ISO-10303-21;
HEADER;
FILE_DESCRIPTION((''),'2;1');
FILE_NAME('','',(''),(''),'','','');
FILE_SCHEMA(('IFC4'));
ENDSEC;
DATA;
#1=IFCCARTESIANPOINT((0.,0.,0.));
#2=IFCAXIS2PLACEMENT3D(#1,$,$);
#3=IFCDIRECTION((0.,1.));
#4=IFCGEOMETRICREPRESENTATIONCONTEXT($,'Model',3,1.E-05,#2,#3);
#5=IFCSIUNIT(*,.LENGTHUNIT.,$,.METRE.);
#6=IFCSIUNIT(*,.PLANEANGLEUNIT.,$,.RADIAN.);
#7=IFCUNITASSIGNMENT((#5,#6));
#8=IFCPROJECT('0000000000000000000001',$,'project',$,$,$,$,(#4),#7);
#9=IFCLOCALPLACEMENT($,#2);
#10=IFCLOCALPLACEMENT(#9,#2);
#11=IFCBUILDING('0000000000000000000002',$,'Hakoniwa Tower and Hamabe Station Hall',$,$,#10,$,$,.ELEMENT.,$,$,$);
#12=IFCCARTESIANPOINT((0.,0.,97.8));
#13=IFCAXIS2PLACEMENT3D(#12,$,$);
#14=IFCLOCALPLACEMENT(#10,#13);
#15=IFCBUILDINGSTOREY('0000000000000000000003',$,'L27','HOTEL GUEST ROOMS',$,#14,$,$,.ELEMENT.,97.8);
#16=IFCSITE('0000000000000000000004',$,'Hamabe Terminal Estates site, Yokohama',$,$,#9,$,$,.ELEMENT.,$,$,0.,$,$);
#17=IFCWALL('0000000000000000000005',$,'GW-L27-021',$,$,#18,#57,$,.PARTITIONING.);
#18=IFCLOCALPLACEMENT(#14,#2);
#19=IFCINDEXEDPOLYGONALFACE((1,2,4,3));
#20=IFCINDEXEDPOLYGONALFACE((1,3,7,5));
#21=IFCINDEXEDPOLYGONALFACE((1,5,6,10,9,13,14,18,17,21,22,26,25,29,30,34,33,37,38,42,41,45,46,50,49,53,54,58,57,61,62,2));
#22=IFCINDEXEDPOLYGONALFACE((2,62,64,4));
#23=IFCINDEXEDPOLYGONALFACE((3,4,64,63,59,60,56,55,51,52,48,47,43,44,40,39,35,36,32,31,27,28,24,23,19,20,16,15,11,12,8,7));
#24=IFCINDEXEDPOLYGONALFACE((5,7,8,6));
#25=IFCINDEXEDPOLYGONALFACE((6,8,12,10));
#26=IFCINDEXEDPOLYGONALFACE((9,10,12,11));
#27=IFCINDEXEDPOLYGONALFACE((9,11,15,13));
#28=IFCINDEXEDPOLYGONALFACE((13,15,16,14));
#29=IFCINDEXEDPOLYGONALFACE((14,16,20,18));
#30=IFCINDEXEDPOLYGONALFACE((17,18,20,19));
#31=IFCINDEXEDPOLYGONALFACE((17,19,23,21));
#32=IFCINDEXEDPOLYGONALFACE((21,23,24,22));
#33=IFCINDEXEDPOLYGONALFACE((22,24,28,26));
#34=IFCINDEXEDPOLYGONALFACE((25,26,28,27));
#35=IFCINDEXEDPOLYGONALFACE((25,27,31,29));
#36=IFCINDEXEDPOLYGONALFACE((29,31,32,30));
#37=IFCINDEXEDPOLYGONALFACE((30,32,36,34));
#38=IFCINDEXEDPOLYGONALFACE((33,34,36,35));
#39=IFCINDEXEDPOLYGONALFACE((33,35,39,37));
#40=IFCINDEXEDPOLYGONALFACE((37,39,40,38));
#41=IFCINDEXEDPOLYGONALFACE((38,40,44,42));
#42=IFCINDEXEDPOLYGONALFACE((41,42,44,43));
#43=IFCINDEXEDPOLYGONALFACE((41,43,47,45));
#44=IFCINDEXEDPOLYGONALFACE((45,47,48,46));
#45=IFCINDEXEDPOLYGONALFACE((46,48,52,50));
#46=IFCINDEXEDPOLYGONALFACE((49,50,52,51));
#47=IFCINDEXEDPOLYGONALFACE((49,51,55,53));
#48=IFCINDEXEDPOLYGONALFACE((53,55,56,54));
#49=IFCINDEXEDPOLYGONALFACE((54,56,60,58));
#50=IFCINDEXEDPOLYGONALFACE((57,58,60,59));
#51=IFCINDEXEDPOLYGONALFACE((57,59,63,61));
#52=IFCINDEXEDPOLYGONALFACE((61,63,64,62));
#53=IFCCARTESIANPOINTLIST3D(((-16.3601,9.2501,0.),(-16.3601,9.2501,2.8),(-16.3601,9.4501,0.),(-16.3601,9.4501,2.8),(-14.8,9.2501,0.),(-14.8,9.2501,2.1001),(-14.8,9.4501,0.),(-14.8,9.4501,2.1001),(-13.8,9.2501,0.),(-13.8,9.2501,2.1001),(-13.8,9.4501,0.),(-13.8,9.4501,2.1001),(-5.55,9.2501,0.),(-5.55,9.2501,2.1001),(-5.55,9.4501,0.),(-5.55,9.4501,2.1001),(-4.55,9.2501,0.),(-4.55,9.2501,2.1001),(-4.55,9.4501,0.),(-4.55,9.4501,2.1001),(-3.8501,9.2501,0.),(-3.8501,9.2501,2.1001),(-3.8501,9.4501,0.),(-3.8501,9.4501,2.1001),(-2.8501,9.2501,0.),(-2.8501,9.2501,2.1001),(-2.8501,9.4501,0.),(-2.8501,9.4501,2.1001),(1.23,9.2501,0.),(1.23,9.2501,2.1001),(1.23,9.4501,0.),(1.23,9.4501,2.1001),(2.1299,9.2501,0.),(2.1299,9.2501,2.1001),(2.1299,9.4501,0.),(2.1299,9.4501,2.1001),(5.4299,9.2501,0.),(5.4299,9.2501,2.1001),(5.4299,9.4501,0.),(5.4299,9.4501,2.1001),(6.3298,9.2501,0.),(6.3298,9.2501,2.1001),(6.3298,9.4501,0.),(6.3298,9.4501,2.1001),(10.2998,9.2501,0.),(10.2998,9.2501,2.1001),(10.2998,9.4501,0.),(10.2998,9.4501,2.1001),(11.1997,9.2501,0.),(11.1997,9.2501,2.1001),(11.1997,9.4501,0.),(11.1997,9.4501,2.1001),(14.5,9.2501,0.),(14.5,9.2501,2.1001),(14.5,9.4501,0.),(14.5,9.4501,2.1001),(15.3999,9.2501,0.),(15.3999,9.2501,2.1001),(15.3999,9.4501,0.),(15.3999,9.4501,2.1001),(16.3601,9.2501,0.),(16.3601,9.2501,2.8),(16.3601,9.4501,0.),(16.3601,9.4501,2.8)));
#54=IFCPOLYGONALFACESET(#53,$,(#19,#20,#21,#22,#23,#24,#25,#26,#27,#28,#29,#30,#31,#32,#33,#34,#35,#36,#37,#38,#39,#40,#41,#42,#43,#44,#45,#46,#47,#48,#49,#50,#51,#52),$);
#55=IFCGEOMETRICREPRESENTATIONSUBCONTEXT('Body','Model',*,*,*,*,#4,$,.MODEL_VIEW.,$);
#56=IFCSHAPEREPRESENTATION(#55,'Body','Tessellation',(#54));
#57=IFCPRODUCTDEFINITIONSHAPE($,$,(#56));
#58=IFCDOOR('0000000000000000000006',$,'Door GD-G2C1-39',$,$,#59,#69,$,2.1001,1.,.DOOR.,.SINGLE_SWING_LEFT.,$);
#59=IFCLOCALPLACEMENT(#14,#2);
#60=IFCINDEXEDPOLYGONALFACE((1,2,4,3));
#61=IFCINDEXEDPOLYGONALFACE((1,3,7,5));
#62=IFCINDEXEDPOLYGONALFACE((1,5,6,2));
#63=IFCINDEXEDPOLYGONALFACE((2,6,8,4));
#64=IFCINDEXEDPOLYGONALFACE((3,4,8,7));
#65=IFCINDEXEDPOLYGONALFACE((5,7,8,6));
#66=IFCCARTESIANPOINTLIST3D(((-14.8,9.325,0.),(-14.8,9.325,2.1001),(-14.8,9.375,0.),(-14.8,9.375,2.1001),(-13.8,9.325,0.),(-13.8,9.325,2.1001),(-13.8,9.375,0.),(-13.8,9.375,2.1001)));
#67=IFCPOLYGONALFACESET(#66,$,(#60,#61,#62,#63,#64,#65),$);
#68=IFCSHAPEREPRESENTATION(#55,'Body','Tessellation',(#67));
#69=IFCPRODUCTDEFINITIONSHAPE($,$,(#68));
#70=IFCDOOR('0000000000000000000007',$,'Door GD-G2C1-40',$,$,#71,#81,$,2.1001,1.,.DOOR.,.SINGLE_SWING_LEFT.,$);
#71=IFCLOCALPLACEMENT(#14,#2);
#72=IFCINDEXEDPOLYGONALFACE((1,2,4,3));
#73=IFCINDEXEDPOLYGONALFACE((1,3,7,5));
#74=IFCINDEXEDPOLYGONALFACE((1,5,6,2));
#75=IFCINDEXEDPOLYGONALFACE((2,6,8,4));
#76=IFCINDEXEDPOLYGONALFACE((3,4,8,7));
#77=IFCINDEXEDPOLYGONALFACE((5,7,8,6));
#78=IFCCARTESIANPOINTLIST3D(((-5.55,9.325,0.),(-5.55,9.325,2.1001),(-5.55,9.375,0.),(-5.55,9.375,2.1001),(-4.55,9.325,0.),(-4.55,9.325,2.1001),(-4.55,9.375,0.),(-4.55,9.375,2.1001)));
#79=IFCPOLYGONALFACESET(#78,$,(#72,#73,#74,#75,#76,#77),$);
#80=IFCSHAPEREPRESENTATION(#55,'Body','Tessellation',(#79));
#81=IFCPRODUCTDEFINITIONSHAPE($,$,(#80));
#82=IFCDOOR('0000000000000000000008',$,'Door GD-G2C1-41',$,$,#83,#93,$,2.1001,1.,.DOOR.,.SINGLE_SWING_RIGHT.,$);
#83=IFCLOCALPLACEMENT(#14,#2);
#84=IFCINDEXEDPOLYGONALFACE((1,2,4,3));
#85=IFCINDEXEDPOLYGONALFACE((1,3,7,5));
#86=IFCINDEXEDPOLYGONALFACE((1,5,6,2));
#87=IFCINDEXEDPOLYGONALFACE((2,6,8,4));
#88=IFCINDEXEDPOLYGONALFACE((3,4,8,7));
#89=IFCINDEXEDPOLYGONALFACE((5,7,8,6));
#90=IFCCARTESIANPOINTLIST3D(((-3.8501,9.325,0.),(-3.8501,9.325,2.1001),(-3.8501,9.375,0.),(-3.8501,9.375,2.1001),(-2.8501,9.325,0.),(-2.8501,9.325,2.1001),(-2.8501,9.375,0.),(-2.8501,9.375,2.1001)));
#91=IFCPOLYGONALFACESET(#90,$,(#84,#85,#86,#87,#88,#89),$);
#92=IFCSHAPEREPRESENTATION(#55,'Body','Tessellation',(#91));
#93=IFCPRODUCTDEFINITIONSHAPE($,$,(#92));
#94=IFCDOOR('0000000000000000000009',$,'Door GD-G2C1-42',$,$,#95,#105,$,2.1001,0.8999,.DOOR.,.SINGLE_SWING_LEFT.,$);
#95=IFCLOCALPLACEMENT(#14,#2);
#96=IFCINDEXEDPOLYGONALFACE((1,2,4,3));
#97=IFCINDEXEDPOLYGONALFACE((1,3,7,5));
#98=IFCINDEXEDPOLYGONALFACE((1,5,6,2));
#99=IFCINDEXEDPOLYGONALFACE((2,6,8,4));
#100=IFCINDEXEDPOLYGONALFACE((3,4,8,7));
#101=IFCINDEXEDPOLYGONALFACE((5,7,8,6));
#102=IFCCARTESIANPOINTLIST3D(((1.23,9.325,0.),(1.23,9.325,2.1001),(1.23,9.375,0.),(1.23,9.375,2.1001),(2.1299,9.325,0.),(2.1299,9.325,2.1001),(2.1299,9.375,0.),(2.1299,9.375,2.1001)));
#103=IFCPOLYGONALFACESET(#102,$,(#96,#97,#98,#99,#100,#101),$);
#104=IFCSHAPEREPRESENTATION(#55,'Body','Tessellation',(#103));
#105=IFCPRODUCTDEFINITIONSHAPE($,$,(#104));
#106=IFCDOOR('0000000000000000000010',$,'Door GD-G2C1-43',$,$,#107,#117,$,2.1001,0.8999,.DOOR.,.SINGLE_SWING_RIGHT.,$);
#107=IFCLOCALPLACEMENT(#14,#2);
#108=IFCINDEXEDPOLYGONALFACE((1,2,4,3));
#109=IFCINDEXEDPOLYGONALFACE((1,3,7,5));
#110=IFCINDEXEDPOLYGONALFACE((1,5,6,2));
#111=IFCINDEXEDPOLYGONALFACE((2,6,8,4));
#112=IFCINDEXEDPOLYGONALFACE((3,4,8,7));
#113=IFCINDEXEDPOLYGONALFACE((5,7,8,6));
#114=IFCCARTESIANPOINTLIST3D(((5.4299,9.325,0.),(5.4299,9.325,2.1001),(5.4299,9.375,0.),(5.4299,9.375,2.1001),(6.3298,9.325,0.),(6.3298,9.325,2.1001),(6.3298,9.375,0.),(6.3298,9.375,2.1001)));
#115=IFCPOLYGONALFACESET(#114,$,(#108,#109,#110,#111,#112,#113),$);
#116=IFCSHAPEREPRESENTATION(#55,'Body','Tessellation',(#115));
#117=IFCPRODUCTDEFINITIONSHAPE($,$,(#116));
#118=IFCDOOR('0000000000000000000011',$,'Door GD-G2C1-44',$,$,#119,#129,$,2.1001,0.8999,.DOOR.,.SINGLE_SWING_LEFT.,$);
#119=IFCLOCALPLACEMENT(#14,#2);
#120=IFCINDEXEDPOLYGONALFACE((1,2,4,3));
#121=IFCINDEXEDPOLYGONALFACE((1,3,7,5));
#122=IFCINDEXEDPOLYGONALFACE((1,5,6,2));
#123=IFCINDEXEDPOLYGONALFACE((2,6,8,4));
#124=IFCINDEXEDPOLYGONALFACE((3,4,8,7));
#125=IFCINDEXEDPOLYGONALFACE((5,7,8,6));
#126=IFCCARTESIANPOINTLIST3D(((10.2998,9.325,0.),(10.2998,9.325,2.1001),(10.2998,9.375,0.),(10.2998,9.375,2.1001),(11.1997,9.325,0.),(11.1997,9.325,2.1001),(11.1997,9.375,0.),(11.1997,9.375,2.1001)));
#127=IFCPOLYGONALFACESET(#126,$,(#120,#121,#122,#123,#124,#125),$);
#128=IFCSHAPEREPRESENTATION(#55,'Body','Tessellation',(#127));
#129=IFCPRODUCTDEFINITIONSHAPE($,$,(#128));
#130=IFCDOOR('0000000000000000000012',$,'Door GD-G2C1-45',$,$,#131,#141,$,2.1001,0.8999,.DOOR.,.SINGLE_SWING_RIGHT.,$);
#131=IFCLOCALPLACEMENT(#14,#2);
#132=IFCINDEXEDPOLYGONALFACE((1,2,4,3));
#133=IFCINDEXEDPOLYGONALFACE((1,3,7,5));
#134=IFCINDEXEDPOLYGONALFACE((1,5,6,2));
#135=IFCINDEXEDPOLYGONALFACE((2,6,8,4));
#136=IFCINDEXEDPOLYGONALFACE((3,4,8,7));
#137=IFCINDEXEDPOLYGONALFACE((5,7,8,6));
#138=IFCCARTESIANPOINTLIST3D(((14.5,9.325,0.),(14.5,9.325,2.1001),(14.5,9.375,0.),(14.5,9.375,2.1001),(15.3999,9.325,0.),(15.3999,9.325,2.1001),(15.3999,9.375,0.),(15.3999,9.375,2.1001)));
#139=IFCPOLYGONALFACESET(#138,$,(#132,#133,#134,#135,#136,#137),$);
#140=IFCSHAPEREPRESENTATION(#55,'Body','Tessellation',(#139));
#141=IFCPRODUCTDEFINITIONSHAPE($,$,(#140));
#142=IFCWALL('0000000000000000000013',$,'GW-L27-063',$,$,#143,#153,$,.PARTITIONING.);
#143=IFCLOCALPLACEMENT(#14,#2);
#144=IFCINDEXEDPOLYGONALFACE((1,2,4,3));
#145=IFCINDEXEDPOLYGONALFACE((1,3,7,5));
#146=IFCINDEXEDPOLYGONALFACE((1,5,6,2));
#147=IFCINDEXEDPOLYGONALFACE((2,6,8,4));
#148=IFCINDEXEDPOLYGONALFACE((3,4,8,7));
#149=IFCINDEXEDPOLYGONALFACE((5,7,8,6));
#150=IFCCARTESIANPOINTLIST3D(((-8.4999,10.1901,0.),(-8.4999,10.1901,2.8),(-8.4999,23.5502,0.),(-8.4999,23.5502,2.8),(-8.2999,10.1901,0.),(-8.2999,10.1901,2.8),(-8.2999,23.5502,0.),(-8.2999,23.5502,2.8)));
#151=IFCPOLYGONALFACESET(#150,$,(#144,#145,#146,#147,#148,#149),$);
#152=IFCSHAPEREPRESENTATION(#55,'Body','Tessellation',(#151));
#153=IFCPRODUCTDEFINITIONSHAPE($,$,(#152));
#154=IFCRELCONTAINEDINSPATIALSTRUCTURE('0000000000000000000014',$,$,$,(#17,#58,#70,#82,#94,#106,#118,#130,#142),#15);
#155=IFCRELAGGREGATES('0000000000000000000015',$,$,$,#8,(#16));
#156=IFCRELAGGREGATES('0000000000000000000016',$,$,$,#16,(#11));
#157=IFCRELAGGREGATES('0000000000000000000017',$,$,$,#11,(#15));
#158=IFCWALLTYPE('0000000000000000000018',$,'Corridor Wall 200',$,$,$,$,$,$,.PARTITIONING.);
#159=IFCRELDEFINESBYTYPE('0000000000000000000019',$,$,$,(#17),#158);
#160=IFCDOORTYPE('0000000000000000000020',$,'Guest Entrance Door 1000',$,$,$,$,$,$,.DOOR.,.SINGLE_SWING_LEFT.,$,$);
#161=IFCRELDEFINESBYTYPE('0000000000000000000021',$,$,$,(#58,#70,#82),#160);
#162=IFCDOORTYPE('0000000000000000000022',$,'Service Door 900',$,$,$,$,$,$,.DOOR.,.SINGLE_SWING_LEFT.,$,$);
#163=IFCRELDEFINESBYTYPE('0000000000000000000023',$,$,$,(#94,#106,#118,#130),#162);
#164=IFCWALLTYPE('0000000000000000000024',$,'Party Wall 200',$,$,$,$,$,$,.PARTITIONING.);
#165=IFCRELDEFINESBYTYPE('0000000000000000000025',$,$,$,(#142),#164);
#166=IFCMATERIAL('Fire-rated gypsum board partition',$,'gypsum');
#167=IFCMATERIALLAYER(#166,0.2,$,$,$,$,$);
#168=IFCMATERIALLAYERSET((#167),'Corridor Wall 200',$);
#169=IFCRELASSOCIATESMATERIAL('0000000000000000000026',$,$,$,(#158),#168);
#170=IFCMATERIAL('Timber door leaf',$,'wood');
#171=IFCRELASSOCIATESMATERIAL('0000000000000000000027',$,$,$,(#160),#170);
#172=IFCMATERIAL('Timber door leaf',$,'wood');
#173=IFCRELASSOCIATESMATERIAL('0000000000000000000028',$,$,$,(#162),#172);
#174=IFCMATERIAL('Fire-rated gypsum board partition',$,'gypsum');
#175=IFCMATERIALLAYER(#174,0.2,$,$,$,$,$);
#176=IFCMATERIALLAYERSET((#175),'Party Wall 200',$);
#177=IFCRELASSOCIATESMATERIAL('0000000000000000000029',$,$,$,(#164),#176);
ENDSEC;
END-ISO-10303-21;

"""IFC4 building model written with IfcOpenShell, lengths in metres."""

from ifc_helpers import new_model, si_unit, direction, frame, frame_2d, origin, place, context, subcontext, project, spatial, rectangle, extrude, material, layer, layer_set, type_object, element, fill, save


model = new_model("IFC4")

# Units and contexts
model_context = context("Model", 3, precision=1e-05, world=origin(), true_north=direction((0.0, 1.0)))
body_context = subcontext(model_context, "Body", "Model", "MODEL_VIEW")
ifc_project = project(units=[si_unit("LENGTHUNIT", "METRE"), si_unit("PLANEANGLEUNIT", "RADIAN")], contexts=[model_context])

# Site, building, storey
site_placement = place(None, origin())
site = spatial("IfcSite", under=ifc_project, at=site_placement, Name="Hamabe Terminal Estates site, Yokohama", CompositionType="ELEMENT", RefElevation=0.0)
building_placement = place(site_placement, origin())
building = spatial("IfcBuilding", under=site, at=building_placement, Name="Hakoniwa Tower and Hamabe Station Hall", CompositionType="ELEMENT")
storey_placement = place(building_placement, frame((0.0, 0.0, 97.8)))
storey = spatial("IfcBuildingStorey", under=building, at=storey_placement, Name="L27", Description="HOTEL GUEST ROOMS", CompositionType="ELEMENT", Elevation=97.8)

# Wall, openings, doors
ifc_material_1 = material(Name="Fire-rated gypsum board partition", Category="gypsum")
ifc_layer_1 = layer(ifc_material_1, 0.2)
ifc_layer_set_1 = layer_set([ifc_layer_1], Name="Corridor Wall 200")
wall_type_1 = type_object("IfcWallType", Name="Corridor Wall 200", PredefinedType="PARTITIONING", material=ifc_layer_set_1)
wall_1_placement = place(storey_placement, frame((-16.3601, 9.3501, 0.0), z_axis=(0.0, 0.0, 1.0), x_axis=(1.0, 0.0, 0.0)))
wall_1 = element("IfcWall", 1, at=wall_1_placement, inside=storey, type_object=wall_type_1, Name="GW-L27-021", PredefinedType="PARTITIONING", context=body_context, shape_type="SweptSolid", body=[
    extrude(rectangle(XDim=32.7202, YDim=0.2, at=frame_2d((16.3601, 0.0))), origin(), (0.0, 0.0, 1.0), 2.8),
])
opening_1_placement = place(wall_1_placement, frame((1.5601, 0.0, 0.0)))
opening_1 = element("IfcOpeningElement", 2, at=opening_1_placement, cuts=wall_1, PredefinedType="OPENING", context=body_context, shape_type="SweptSolid", body=[
    extrude(rectangle(XDim=1.0, YDim=2.1001, at=frame_2d((0.5, 1.05))), frame((0.0, 0.1099, 0.0), z_axis=(0.0, -1.0, 0.0), x_axis=(1.0, 0.0, 0.0)), (0.0, 0.0, 1.0), 0.22),
])
opening_2_placement = place(wall_1_placement, frame((10.8101, 0.0, 0.0)))
opening_2 = element("IfcOpeningElement", 3, at=opening_2_placement, cuts=wall_1, PredefinedType="OPENING", context=body_context, shape_type="SweptSolid", body=[
    extrude(rectangle(XDim=1.0, YDim=2.1001, at=frame_2d((0.5, 1.05))), frame((0.0, 0.1099, 0.0), z_axis=(0.0, -1.0, 0.0), x_axis=(1.0, 0.0, 0.0)), (0.0, 0.0, 1.0), 0.22),
])
opening_3_placement = place(wall_1_placement, frame((12.51, 0.0, 0.0)))
opening_3 = element("IfcOpeningElement", 4, at=opening_3_placement, cuts=wall_1, PredefinedType="OPENING", context=body_context, shape_type="SweptSolid", body=[
    extrude(rectangle(XDim=1.0, YDim=2.1001, at=frame_2d((0.5, 1.05))), frame((0.0, 0.1099, 0.0), z_axis=(0.0, -1.0, 0.0), x_axis=(1.0, 0.0, 0.0)), (0.0, 0.0, 1.0), 0.22),
])
opening_4_placement = place(wall_1_placement, frame((17.5901, 0.0, 0.0)))
opening_4 = element("IfcOpeningElement", 5, at=opening_4_placement, cuts=wall_1, PredefinedType="OPENING", context=body_context, shape_type="SweptSolid", body=[
    extrude(rectangle(XDim=0.8999, YDim=2.1001, at=frame_2d((0.45, 1.05))), frame((0.0, 0.1099, 0.0), z_axis=(0.0, -1.0, 0.0), x_axis=(1.0, 0.0, 0.0)), (0.0, 0.0, 1.0), 0.22),
])
opening_5_placement = place(wall_1_placement, frame((21.79, 0.0, 0.0)))
opening_5 = element("IfcOpeningElement", 6, at=opening_5_placement, cuts=wall_1, PredefinedType="OPENING", context=body_context, shape_type="SweptSolid", body=[
    extrude(rectangle(XDim=0.8999, YDim=2.1001, at=frame_2d((0.45, 1.05))), frame((0.0, 0.1099, 0.0), z_axis=(0.0, -1.0, 0.0), x_axis=(1.0, 0.0, 0.0)), (0.0, 0.0, 1.0), 0.22),
])
opening_6_placement = place(wall_1_placement, frame((26.6599, 0.0, 0.0)))
opening_6 = element("IfcOpeningElement", 7, at=opening_6_placement, cuts=wall_1, PredefinedType="OPENING", context=body_context, shape_type="SweptSolid", body=[
    extrude(rectangle(XDim=0.8999, YDim=2.1001, at=frame_2d((0.45, 1.05))), frame((0.0, 0.1099, 0.0), z_axis=(0.0, -1.0, 0.0), x_axis=(1.0, 0.0, 0.0)), (0.0, 0.0, 1.0), 0.22),
])
opening_7_placement = place(wall_1_placement, frame((30.8601, 0.0, 0.0)))
opening_7 = element("IfcOpeningElement", 8, at=opening_7_placement, cuts=wall_1, PredefinedType="OPENING", context=body_context, shape_type="SweptSolid", body=[
    extrude(rectangle(XDim=0.8999, YDim=2.1001, at=frame_2d((0.45, 1.05))), frame((0.0, 0.1099, 0.0), z_axis=(0.0, -1.0, 0.0), x_axis=(1.0, 0.0, 0.0)), (0.0, 0.0, 1.0), 0.22),
])
ifc_material_2 = material(Name="Timber door leaf", Category="wood")
door_type_1 = type_object("IfcDoorType", Name="Guest Entrance Door 1000", OperationType="SINGLE_SWING_LEFT", PredefinedType="DOOR", material=ifc_material_2)
door_1_placement = place(opening_1_placement, origin())
door_1 = element("IfcDoor", 9, at=door_1_placement, inside=storey, type_object=door_type_1, Name="Door GD-G2C1-39", OperationType="SINGLE_SWING_LEFT", OverallHeight=2.1001, OverallWidth=1.0, PredefinedType="DOOR", context=body_context, shape_type="SweptSolid", body=[
    extrude(rectangle(XDim=1.0, YDim=2.1001, at=frame_2d((0.5, 1.05))), frame((0.0, 0.0249, 0.0), z_axis=(0.0, -1.0, 0.0), x_axis=(1.0, 0.0, 0.0)), (0.0, 0.0, 1.0), 0.05),
])
fill(opening_1, door_1)
door_2_placement = place(opening_2_placement, origin())
door_2 = element("IfcDoor", 10, at=door_2_placement, inside=storey, type_object=door_type_1, Name="Door GD-G2C1-40", OperationType="SINGLE_SWING_LEFT", OverallHeight=2.1001, OverallWidth=1.0, PredefinedType="DOOR", context=body_context, shape_type="SweptSolid", body=[
    extrude(rectangle(XDim=1.0, YDim=2.1001, at=frame_2d((0.5, 1.05))), frame((0.0, 0.0249, 0.0), z_axis=(0.0, -1.0, 0.0), x_axis=(1.0, 0.0, 0.0)), (0.0, 0.0, 1.0), 0.05),
])
fill(opening_2, door_2)
door_3_placement = place(opening_3_placement, origin())
door_3 = element("IfcDoor", 11, at=door_3_placement, inside=storey, type_object=door_type_1, Name="Door GD-G2C1-41", OperationType="SINGLE_SWING_RIGHT", OverallHeight=2.1001, OverallWidth=1.0, PredefinedType="DOOR", context=body_context, shape_type="SweptSolid", body=[
    extrude(rectangle(XDim=1.0, YDim=2.1001, at=frame_2d((0.5, 1.05))), frame((0.0, 0.0249, 0.0), z_axis=(0.0, -1.0, 0.0), x_axis=(1.0, 0.0, 0.0)), (0.0, 0.0, 1.0), 0.05),
])
fill(opening_3, door_3)
ifc_material_3 = material(Name="Timber door leaf", Category="wood")
door_type_2 = type_object("IfcDoorType", Name="Service Door 900", OperationType="SINGLE_SWING_LEFT", PredefinedType="DOOR", material=ifc_material_3)
door_4_placement = place(opening_4_placement, origin())
door_4 = element("IfcDoor", 12, at=door_4_placement, inside=storey, type_object=door_type_2, Name="Door GD-G2C1-42", OperationType="SINGLE_SWING_LEFT", OverallHeight=2.1001, OverallWidth=0.8999, PredefinedType="DOOR", context=body_context, shape_type="SweptSolid", body=[
    extrude(rectangle(XDim=0.8999, YDim=2.1001, at=frame_2d((0.45, 1.05))), frame((0.0, 0.0249, 0.0), z_axis=(0.0, -1.0, 0.0), x_axis=(1.0, 0.0, 0.0)), (0.0, 0.0, 1.0), 0.05),
])
fill(opening_4, door_4)
door_5_placement = place(opening_5_placement, origin())
door_5 = element("IfcDoor", 13, at=door_5_placement, inside=storey, type_object=door_type_2, Name="Door GD-G2C1-43", OperationType="SINGLE_SWING_RIGHT", OverallHeight=2.1001, OverallWidth=0.8999, PredefinedType="DOOR", context=body_context, shape_type="SweptSolid", body=[
    extrude(rectangle(XDim=0.8999, YDim=2.1001, at=frame_2d((0.45, 1.05))), frame((0.0, 0.0249, 0.0), z_axis=(0.0, -1.0, 0.0), x_axis=(1.0, 0.0, 0.0)), (0.0, 0.0, 1.0), 0.05),
])
fill(opening_5, door_5)
door_6_placement = place(opening_6_placement, origin())
door_6 = element("IfcDoor", 14, at=door_6_placement, inside=storey, type_object=door_type_2, Name="Door GD-G2C1-44", OperationType="SINGLE_SWING_LEFT", OverallHeight=2.1001, OverallWidth=0.8999, PredefinedType="DOOR", context=body_context, shape_type="SweptSolid", body=[
    extrude(rectangle(XDim=0.8999, YDim=2.1001, at=frame_2d((0.45, 1.05))), frame((0.0, 0.0249, 0.0), z_axis=(0.0, -1.0, 0.0), x_axis=(1.0, 0.0, 0.0)), (0.0, 0.0, 1.0), 0.05),
])
fill(opening_6, door_6)
door_7_placement = place(opening_7_placement, origin())
door_7 = element("IfcDoor", 15, at=door_7_placement, inside=storey, type_object=door_type_2, Name="Door GD-G2C1-45", OperationType="SINGLE_SWING_RIGHT", OverallHeight=2.1001, OverallWidth=0.8999, PredefinedType="DOOR", context=body_context, shape_type="SweptSolid", body=[
    extrude(rectangle(XDim=0.8999, YDim=2.1001, at=frame_2d((0.45, 1.05))), frame((0.0, 0.0249, 0.0), z_axis=(0.0, -1.0, 0.0), x_axis=(1.0, 0.0, 0.0)), (0.0, 0.0, 1.0), 0.05),
])
fill(opening_7, door_7)

# Wall
ifc_material_4 = material(Name="Fire-rated gypsum board partition", Category="gypsum")
ifc_layer_2 = layer(ifc_material_4, 0.2)
ifc_layer_set_2 = layer_set([ifc_layer_2], Name="Party Wall 200")
wall_type_2 = type_object("IfcWallType", Name="Party Wall 200", PredefinedType="PARTITIONING", material=ifc_layer_set_2)
wall_2_placement = place(storey_placement, frame((-8.3999, 10.1899, 0.0), z_axis=(0.0, 0.0, 1.0), x_axis=(0.0, 1.0, 0.0)))
element("IfcWall", 16, at=wall_2_placement, inside=storey, type_object=wall_type_2, Name="GW-L27-063", PredefinedType="PARTITIONING", context=body_context, shape_type="SweptSolid", body=[
    extrude(rectangle(XDim=13.3601, YDim=0.2, at=frame_2d((6.6802, 0.0))), origin(), (0.0, 0.0, 1.0), 2.8),
])

save(model, "model.ifc")
